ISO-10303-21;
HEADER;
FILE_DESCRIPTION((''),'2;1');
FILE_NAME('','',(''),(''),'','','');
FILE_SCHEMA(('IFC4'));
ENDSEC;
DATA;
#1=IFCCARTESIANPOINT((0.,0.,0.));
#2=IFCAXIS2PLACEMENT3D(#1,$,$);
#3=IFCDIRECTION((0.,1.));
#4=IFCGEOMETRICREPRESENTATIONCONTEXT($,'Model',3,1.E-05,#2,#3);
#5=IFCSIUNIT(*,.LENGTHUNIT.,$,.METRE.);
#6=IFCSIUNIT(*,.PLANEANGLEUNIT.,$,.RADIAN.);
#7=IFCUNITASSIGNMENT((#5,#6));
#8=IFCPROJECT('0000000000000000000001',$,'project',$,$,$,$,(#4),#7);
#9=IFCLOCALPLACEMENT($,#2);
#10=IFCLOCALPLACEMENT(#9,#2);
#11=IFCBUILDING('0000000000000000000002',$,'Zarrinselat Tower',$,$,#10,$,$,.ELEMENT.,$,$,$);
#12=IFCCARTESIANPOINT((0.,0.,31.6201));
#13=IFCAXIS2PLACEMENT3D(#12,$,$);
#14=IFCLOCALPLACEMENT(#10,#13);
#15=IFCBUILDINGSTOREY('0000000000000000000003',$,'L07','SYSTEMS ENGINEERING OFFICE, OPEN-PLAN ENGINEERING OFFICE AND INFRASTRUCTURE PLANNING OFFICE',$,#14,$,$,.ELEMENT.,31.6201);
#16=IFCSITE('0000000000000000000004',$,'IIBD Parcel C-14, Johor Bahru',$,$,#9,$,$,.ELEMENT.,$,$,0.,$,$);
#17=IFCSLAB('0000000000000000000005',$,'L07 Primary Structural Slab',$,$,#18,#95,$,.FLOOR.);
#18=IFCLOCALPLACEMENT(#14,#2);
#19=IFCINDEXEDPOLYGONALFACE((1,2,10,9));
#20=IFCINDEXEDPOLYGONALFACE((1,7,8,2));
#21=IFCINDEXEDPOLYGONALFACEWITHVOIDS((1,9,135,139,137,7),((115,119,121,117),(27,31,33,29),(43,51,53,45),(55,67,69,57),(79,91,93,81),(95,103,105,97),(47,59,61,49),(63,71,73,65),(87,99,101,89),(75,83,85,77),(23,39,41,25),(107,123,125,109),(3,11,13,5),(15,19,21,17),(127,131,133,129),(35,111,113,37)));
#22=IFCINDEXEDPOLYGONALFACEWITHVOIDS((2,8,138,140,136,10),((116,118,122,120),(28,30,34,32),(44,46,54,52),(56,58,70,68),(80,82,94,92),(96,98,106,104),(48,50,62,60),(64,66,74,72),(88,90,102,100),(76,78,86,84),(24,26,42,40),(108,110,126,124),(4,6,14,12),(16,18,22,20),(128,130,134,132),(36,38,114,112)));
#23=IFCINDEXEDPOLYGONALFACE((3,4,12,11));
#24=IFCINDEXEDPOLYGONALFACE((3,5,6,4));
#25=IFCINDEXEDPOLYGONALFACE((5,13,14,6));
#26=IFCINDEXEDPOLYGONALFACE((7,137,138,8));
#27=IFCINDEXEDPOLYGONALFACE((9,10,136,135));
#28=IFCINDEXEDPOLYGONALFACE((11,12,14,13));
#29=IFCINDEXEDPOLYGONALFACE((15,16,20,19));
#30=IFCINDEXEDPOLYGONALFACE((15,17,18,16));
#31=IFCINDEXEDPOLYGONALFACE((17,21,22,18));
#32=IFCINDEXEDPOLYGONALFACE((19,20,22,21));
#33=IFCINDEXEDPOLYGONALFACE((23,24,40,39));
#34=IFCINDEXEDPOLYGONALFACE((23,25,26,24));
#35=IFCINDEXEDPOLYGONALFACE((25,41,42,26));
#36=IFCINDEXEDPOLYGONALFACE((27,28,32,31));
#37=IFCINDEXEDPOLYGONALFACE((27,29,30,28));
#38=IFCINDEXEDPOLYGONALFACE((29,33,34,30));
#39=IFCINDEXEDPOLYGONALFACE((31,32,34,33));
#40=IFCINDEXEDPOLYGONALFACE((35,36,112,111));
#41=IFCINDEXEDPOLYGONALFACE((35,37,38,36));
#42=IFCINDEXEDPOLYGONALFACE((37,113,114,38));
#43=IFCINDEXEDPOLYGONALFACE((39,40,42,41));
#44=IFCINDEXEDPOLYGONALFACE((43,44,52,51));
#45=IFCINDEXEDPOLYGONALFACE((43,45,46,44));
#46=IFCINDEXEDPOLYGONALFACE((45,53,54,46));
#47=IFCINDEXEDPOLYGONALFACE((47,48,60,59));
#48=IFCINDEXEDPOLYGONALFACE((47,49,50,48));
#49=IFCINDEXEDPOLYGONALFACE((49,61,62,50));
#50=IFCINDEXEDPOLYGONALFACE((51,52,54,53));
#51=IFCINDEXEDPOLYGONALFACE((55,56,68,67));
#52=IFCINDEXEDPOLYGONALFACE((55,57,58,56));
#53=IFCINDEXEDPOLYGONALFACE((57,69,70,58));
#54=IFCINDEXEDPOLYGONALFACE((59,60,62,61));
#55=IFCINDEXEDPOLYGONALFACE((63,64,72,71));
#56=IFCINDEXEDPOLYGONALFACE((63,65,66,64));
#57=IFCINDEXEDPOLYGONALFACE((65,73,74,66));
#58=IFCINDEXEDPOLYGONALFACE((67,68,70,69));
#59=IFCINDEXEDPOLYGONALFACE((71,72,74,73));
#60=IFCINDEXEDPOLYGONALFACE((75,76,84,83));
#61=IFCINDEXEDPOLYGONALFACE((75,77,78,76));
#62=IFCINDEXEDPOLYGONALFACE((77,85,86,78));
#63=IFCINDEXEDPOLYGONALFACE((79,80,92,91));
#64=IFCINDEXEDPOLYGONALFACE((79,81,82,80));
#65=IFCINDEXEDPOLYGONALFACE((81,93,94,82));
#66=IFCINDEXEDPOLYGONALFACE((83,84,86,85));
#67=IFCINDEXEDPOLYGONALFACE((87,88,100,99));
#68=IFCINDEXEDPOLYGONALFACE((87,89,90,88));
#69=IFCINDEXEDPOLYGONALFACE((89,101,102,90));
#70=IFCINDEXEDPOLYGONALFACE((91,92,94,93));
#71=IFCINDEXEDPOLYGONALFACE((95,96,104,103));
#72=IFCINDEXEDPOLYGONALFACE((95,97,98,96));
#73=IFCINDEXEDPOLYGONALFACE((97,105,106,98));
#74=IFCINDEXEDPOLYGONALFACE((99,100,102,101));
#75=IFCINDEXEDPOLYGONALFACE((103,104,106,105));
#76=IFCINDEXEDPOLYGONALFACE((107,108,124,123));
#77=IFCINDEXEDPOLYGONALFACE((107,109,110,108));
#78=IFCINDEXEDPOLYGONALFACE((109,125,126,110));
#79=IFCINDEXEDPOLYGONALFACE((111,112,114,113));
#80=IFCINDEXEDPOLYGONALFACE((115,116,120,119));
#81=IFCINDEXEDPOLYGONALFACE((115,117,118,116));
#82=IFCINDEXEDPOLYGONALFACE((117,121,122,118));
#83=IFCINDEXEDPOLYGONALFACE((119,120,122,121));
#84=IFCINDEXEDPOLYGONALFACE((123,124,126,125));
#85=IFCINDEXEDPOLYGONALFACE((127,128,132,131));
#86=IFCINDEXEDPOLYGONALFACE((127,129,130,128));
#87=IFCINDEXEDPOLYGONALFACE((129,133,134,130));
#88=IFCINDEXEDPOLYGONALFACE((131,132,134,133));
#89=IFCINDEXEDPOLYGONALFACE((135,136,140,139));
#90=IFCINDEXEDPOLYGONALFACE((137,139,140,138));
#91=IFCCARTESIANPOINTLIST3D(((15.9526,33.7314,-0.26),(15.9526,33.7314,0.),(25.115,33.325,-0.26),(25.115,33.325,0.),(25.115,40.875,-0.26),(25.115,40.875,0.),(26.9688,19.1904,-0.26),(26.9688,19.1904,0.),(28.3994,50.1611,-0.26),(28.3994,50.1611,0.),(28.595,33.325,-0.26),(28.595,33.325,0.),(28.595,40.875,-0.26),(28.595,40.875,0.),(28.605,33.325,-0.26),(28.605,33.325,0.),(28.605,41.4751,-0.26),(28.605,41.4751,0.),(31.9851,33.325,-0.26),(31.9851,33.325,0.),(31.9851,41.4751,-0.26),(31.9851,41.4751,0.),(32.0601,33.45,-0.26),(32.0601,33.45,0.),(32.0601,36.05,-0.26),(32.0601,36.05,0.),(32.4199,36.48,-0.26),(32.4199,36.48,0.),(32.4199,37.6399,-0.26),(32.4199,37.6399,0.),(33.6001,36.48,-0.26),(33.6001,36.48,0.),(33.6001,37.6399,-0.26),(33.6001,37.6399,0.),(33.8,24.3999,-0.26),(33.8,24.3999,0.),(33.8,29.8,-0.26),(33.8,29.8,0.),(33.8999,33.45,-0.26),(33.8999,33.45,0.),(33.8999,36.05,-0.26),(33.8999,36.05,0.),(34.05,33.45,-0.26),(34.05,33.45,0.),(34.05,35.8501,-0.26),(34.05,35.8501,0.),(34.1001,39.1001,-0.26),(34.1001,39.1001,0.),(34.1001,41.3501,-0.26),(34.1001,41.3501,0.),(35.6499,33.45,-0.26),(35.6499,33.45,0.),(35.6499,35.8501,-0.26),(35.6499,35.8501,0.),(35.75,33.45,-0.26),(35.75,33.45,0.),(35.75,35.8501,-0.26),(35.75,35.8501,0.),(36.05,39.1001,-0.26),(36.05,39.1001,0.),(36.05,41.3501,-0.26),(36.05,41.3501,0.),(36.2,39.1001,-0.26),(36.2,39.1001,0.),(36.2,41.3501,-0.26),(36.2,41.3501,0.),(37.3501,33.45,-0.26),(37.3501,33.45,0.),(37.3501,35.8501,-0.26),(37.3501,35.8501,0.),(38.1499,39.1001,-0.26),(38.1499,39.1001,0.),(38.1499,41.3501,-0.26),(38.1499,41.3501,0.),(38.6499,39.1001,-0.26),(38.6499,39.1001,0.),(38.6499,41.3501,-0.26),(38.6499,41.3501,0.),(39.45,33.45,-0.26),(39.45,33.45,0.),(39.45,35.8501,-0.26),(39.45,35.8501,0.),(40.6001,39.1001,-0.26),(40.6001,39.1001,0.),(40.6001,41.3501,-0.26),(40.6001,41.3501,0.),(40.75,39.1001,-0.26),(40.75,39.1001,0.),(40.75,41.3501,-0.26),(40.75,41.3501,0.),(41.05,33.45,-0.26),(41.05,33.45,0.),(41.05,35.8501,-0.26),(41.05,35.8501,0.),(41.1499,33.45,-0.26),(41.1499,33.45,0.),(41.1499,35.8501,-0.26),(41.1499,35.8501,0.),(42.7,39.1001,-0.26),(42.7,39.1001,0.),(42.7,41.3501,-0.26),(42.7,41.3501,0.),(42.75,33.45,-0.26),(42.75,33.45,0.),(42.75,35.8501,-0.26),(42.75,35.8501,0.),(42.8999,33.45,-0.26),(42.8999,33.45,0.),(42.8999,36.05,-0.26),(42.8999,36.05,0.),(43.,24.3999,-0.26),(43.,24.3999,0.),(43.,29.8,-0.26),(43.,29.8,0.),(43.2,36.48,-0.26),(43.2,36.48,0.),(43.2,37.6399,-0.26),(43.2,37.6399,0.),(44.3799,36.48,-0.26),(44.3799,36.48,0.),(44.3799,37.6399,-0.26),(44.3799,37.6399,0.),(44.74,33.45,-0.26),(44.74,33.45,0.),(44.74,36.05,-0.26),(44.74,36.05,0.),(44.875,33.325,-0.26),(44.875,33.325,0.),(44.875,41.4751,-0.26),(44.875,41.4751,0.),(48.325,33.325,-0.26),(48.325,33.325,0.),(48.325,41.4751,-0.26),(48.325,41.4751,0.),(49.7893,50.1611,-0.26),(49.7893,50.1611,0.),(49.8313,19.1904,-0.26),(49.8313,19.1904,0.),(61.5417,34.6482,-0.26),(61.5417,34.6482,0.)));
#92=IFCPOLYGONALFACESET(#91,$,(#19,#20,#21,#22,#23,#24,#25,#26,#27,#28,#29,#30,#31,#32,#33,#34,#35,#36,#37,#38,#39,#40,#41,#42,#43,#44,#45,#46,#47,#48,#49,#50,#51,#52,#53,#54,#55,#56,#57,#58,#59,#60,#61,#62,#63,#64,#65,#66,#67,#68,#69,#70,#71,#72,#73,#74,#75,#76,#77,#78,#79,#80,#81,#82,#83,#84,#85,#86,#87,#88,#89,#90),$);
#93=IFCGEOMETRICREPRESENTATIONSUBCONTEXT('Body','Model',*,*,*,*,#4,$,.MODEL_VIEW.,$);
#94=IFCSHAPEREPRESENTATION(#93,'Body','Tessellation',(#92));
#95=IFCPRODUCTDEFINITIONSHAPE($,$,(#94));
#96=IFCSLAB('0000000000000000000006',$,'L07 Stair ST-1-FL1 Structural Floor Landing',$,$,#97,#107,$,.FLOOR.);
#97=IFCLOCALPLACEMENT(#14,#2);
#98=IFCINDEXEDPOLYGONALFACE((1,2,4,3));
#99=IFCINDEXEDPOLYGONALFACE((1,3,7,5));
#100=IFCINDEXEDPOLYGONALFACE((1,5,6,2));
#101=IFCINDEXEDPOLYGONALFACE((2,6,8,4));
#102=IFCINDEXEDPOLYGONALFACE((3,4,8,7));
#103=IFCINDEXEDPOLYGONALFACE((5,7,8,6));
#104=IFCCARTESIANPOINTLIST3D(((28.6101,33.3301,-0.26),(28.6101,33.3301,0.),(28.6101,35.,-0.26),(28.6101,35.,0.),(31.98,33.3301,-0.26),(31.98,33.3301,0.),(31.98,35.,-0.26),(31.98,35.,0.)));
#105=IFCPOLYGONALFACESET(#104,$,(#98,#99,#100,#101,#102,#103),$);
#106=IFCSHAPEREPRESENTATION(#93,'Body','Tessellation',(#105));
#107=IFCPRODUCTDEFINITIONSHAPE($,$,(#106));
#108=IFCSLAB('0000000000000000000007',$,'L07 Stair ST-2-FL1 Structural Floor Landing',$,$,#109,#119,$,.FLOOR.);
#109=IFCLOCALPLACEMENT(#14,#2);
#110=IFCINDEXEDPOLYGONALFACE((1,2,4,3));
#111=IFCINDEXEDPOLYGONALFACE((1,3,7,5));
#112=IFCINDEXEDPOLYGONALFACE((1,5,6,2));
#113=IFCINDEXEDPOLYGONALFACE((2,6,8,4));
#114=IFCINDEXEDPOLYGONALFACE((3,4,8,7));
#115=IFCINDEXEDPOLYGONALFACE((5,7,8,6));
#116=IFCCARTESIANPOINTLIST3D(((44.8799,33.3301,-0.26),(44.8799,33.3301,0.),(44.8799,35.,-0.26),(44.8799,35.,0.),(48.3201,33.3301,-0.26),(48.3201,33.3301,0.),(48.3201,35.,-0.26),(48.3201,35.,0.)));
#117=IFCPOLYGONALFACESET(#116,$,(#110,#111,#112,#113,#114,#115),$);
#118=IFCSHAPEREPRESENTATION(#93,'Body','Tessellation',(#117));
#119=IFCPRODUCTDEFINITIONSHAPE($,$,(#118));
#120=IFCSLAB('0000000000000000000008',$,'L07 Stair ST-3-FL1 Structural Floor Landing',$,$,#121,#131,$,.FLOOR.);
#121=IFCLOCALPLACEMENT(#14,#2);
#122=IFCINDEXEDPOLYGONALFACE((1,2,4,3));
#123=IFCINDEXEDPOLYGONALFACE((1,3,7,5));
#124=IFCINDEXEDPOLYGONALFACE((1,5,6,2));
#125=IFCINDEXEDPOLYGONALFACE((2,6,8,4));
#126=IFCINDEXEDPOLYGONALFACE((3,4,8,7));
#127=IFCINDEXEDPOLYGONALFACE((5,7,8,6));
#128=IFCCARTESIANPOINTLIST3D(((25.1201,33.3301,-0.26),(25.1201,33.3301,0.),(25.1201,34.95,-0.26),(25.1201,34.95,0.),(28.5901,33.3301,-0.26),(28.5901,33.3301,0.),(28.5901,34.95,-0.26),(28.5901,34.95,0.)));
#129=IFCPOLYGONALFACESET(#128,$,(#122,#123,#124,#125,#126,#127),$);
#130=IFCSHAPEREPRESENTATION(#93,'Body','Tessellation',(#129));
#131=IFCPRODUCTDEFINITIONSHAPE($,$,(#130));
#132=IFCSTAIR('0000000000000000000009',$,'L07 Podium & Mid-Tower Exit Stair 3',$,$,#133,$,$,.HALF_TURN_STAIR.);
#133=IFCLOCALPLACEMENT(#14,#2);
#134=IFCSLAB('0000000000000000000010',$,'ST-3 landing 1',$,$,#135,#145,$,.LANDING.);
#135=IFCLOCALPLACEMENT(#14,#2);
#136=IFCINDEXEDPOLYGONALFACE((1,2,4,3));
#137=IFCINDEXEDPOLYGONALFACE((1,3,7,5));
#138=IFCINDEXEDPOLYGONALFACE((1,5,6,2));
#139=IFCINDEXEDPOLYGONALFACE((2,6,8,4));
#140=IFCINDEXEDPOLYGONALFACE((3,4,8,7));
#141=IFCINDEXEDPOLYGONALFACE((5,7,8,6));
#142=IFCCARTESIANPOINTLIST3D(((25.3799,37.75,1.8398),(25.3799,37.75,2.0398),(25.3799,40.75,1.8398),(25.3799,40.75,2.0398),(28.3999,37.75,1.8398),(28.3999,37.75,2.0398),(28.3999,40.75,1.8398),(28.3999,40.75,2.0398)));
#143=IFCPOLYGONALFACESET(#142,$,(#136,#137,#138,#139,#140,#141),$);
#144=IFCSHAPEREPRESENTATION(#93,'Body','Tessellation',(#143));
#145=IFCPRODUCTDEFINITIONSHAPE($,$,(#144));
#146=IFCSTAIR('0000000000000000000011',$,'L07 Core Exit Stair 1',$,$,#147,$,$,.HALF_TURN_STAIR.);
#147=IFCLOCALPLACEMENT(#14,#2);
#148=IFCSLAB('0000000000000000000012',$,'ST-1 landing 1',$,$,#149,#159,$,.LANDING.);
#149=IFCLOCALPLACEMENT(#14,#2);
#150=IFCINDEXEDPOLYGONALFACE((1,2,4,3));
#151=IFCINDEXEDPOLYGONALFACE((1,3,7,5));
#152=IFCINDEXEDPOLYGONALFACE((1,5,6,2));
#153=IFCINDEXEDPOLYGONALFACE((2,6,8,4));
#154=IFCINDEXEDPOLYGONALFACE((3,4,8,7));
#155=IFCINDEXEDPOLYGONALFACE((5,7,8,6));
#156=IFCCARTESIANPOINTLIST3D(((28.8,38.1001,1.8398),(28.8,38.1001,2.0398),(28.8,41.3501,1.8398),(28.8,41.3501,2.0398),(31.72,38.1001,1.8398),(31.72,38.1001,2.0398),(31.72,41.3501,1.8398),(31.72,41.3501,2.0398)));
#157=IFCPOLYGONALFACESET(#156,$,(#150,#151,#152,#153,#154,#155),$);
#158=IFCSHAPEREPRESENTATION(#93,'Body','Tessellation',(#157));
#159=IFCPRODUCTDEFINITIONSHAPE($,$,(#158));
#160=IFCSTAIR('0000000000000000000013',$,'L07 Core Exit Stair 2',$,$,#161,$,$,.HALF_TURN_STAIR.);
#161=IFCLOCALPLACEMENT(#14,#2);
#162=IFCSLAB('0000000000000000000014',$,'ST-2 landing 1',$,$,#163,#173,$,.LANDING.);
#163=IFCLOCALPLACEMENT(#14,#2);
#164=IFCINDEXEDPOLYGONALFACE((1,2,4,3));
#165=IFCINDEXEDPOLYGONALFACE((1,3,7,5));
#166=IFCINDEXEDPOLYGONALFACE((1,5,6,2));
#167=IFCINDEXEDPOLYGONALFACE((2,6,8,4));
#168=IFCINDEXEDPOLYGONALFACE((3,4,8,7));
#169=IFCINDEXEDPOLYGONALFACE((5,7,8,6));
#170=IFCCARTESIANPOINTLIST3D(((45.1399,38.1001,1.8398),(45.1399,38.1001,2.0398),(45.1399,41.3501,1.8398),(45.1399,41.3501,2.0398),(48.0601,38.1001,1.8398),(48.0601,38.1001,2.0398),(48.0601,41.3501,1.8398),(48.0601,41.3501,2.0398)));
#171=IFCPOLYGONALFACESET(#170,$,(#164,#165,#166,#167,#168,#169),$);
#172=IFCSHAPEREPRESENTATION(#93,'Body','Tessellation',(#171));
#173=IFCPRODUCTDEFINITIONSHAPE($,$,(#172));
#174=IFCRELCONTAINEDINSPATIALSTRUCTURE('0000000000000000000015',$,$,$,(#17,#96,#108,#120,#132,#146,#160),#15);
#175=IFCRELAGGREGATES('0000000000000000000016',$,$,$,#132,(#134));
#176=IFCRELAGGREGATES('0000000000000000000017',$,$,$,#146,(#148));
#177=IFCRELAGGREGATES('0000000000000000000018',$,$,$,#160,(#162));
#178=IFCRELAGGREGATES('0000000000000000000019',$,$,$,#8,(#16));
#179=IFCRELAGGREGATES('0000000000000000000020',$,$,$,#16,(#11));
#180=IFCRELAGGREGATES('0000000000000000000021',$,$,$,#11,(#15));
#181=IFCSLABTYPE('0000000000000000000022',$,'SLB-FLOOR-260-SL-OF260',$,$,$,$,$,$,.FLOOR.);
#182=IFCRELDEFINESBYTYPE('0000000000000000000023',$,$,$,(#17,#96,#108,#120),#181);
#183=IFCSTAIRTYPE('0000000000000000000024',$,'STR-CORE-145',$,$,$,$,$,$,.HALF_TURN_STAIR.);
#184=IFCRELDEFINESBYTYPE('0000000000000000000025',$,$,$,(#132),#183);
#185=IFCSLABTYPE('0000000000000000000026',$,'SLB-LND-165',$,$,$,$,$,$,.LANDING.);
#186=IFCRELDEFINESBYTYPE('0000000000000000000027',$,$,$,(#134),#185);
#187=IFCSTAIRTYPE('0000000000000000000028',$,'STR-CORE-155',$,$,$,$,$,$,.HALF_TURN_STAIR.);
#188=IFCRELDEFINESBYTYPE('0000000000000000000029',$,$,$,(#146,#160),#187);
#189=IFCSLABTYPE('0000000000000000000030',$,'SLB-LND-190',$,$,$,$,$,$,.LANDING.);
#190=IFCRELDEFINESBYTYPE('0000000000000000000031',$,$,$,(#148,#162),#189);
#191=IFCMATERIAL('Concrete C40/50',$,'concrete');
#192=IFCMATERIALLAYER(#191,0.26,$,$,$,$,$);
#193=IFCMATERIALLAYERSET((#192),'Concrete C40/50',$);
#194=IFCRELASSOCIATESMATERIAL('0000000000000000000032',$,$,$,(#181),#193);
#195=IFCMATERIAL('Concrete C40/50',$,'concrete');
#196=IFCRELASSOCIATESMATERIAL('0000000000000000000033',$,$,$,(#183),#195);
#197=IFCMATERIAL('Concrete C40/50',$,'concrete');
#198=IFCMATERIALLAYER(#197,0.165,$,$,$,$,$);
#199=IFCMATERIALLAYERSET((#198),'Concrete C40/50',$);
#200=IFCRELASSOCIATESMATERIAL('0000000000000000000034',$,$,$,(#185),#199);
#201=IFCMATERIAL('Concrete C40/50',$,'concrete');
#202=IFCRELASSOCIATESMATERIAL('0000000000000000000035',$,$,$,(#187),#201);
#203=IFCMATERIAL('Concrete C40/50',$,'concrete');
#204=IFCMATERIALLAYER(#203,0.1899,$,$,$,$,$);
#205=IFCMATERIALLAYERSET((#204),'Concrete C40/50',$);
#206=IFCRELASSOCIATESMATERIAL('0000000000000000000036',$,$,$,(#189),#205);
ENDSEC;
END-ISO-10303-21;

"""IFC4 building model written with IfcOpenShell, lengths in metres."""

from ifc_helpers import new_model, si_unit, direction, frame, origin, place, context, subcontext, project, spatial, polyline, outline, extrude, material, layer, layer_set, type_object, element, aggregate, save


model = new_model("IFC4")

# Units and contexts
model_context = context("Model", 3, precision=1e-05, world=origin(), true_north=direction((0.0, 1.0)))
body_context = subcontext(model_context, "Body", "Model", "MODEL_VIEW")
ifc_project = project(units=[si_unit("LENGTHUNIT", "METRE"), si_unit("PLANEANGLEUNIT", "RADIAN")], contexts=[model_context])

# Site, building, storey
site_placement = place(None, origin())
site = spatial("IfcSite", under=ifc_project, at=site_placement, Name="IIBD Parcel C-14, Johor Bahru", CompositionType="ELEMENT", RefElevation=0.0)
building_placement = place(site_placement, origin())
building = spatial("IfcBuilding", under=site, at=building_placement, Name="Zarrinselat Tower", CompositionType="ELEMENT")
storey_placement = place(building_placement, frame((0.0, 0.0, 31.6201)))
storey = spatial("IfcBuildingStorey", under=building, at=storey_placement, Name="L07", Description="SYSTEMS ENGINEERING OFFICE, OPEN-PLAN ENGINEERING OFFICE AND INFRASTRUCTURE PLANNING OFFICE", CompositionType="ELEMENT", Elevation=31.6201)

# Slabs
ifc_material_1 = material(Name="Concrete C40/50", Category="concrete")
ifc_layer_1 = layer(ifc_material_1, 0.26)
ifc_layer_set_1 = layer_set([ifc_layer_1], Name="Concrete C40/50")
slab_type_1 = type_object("IfcSlabType", Name="SLB-FLOOR-260-SL-OF260", PredefinedType="FLOOR", material=ifc_layer_set_1)
slab_1_placement = place(storey_placement, frame((0.0, 0.0, -0.26)))
element("IfcSlab", 1, at=slab_1_placement, inside=storey, type_object=slab_type_1, Name="L07 Primary Structural Slab", PredefinedType="FLOOR", context=body_context, shape_type="SweptSolid", body=[
    extrude(outline(polyline([(49.7893, 50.1611), (28.3994, 50.1611), (15.9526, 33.7314), (26.9688, 19.1904), (49.8313, 19.1904), (61.5417, 34.6482), (49.7893, 50.1611)]), holes=[polyline([(34.05, 33.45), (34.05, 35.8501), (35.6499, 35.8501), (35.6499, 33.45), (34.05, 33.45)]), polyline([(35.75, 33.45), (35.75, 35.8501), (37.3501, 35.8501), (37.3501, 33.45), (35.75, 33.45)]), polyline([(32.0601, 33.45), (32.0601, 36.05), (33.8999, 36.05), (33.8999, 33.45), (32.0601, 33.45)]), polyline([(32.4199, 36.48), (32.4199, 37.6399), (33.6001, 37.6399), (33.6001, 36.48), (32.4199, 36.48)]), polyline([(28.595, 33.325), (25.115, 33.325), (25.115, 40.875), (28.595, 40.875), (28.595, 33.325)]), polyline([(31.9851, 33.325), (28.605, 33.325), (28.605, 41.4751), (31.9851, 41.4751), (31.9851, 33.325)]), polyline([(34.1001, 39.1001), (34.1001, 41.3501), (36.05, 41.3501), (36.05, 39.1001), (34.1001, 39.1001)]), polyline([(36.2, 39.1001), (36.2, 41.3501), (38.1499, 41.3501), (38.1499, 39.1001), (36.2, 39.1001)]), polyline([(33.8, 24.3999), (33.8, 29.8), (43.0, 29.8), (43.0, 24.3999), (33.8, 24.3999)]), polyline([(39.45, 33.45), (39.45, 35.8501), (41.05, 35.8501), (41.05, 33.45), (39.45, 33.45)]), polyline([(41.1499, 33.45), (41.1499, 35.8501), (42.75, 35.8501), (42.75, 33.45), (41.1499, 33.45)]), polyline([(42.8999, 33.45), (42.8999, 36.05), (44.74, 36.05), (44.74, 33.45), (42.8999, 33.45)]), polyline([(43.2, 36.48), (43.2, 37.6399), (44.3799, 37.6399), (44.3799, 36.48), (43.2, 36.48)]), polyline([(48.325, 33.325), (44.875, 33.325), (44.875, 41.4751), (48.325, 41.4751), (48.325, 33.325)]), polyline([(38.6499, 39.1001), (38.6499, 41.3501), (40.6001, 41.3501), (40.6001, 39.1001), (38.6499, 39.1001)]), polyline([(40.75, 39.1001), (40.75, 41.3501), (42.7, 41.3501), (42.7, 39.1001), (40.75, 39.1001)])]), origin(), (0.0, 0.0, 1.0), 0.26),
])
slab_2_placement = place(storey_placement, frame((0.0, 0.0, -0.26)))
element("IfcSlab", 2, at=slab_2_placement, inside=storey, type_object=slab_type_1, Name="L07 Stair ST-1-FL1 Structural Floor Landing", PredefinedType="FLOOR", context=body_context, shape_type="SweptSolid", body=[
    extrude(outline(polyline([(31.98, 33.3301), (31.98, 35.0), (28.6101, 35.0), (28.6101, 33.3301), (31.98, 33.3301)])), origin(), (0.0, 0.0, 1.0), 0.26),
])
slab_3_placement = place(storey_placement, frame((0.0, 0.0, -0.26)))
element("IfcSlab", 3, at=slab_3_placement, inside=storey, type_object=slab_type_1, Name="L07 Stair ST-2-FL1 Structural Floor Landing", PredefinedType="FLOOR", context=body_context, shape_type="SweptSolid", body=[
    extrude(outline(polyline([(48.3201, 33.3301), (48.3201, 35.0), (44.8799, 35.0), (44.8799, 33.3301), (48.3201, 33.3301)])), origin(), (0.0, 0.0, 1.0), 0.26),
])
slab_4_placement = place(storey_placement, frame((0.0, 0.0, -0.26)))
element("IfcSlab", 4, at=slab_4_placement, inside=storey, type_object=slab_type_1, Name="L07 Stair ST-3-FL1 Structural Floor Landing", PredefinedType="FLOOR", context=body_context, shape_type="SweptSolid", body=[
    extrude(outline(polyline([(28.5901, 33.3301), (28.5901, 34.95), (25.1201, 34.95), (25.1201, 33.3301), (28.5901, 33.3301)])), origin(), (0.0, 0.0, 1.0), 0.26),
])

# Stairs, slabs
ifc_material_2 = material(Name="Concrete C40/50", Category="concrete")
stair_type_1 = type_object("IfcStairType", Name="STR-CORE-145", PredefinedType="HALF_TURN_STAIR", material=ifc_material_2)
stair_1_placement = place(storey_placement, origin())
stair_1 = element("IfcStair", 5, at=stair_1_placement, inside=storey, type_object=stair_type_1, Name="L07 Podium & Mid-Tower Exit Stair 3", PredefinedType="HALF_TURN_STAIR")
ifc_material_3 = material(Name="Concrete C40/50", Category="concrete")
ifc_layer_2 = layer(ifc_material_3, 0.165)
ifc_layer_set_2 = layer_set([ifc_layer_2], Name="Concrete C40/50")
slab_type_2 = type_object("IfcSlabType", Name="SLB-LND-165", PredefinedType="LANDING", material=ifc_layer_set_2)
slab_5_placement = place(storey_placement, frame((0.0, 0.0, 1.8398)))
slab_5 = element("IfcSlab", 6, at=slab_5_placement, type_object=slab_type_2, Name="ST-3 landing 1", PredefinedType="LANDING", context=body_context, shape_type="SweptSolid", body=[
    extrude(outline(polyline([(28.3999, 37.75), (28.3999, 40.75), (25.3799, 40.75), (25.3799, 37.75), (28.3999, 37.75)])), origin(), (0.0, 0.0, 1.0), 0.2),
])
aggregate(stair_1, [slab_5])
ifc_material_4 = material(Name="Concrete C40/50", Category="concrete")
stair_type_2 = type_object("IfcStairType", Name="STR-CORE-155", PredefinedType="HALF_TURN_STAIR", material=ifc_material_4)
stair_2_placement = place(storey_placement, origin())
stair_2 = element("IfcStair", 7, at=stair_2_placement, inside=storey, type_object=stair_type_2, Name="L07 Core Exit Stair 1", PredefinedType="HALF_TURN_STAIR")
ifc_material_5 = material(Name="Concrete C40/50", Category="concrete")
ifc_layer_3 = layer(ifc_material_5, 0.1899)
ifc_layer_set_3 = layer_set([ifc_layer_3], Name="Concrete C40/50")
slab_type_3 = type_object("IfcSlabType", Name="SLB-LND-190", PredefinedType="LANDING", material=ifc_layer_set_3)
slab_6_placement = place(storey_placement, frame((0.0, 0.0, 1.8398)))
slab_6 = element("IfcSlab", 8, at=slab_6_placement, type_object=slab_type_3, Name="ST-1 landing 1", PredefinedType="LANDING", context=body_context, shape_type="SweptSolid", body=[
    extrude(outline(polyline([(31.72, 38.1001), (31.72, 41.3501), (28.8, 41.3501), (28.8, 38.1001), (31.72, 38.1001)])), origin(), (0.0, 0.0, 1.0), 0.2),
])
aggregate(stair_2, [slab_6])
stair_3_placement = place(storey_placement, origin())
stair_3 = element("IfcStair", 9, at=stair_3_placement, inside=storey, type_object=stair_type_2, Name="L07 Core Exit Stair 2", PredefinedType="HALF_TURN_STAIR")
slab_7_placement = place(storey_placement, frame((0.0, 0.0, 1.8398)))
slab_7 = element("IfcSlab", 10, at=slab_7_placement, type_object=slab_type_3, Name="ST-2 landing 1", PredefinedType="LANDING", context=body_context, shape_type="SweptSolid", body=[
    extrude(outline(polyline([(48.0601, 38.1001), (48.0601, 41.3501), (45.1399, 41.3501), (45.1399, 38.1001), (48.0601, 38.1001)])), origin(), (0.0, 0.0, 1.0), 0.2),
])
aggregate(stair_3, [slab_7])

save(model, "model.ifc")
